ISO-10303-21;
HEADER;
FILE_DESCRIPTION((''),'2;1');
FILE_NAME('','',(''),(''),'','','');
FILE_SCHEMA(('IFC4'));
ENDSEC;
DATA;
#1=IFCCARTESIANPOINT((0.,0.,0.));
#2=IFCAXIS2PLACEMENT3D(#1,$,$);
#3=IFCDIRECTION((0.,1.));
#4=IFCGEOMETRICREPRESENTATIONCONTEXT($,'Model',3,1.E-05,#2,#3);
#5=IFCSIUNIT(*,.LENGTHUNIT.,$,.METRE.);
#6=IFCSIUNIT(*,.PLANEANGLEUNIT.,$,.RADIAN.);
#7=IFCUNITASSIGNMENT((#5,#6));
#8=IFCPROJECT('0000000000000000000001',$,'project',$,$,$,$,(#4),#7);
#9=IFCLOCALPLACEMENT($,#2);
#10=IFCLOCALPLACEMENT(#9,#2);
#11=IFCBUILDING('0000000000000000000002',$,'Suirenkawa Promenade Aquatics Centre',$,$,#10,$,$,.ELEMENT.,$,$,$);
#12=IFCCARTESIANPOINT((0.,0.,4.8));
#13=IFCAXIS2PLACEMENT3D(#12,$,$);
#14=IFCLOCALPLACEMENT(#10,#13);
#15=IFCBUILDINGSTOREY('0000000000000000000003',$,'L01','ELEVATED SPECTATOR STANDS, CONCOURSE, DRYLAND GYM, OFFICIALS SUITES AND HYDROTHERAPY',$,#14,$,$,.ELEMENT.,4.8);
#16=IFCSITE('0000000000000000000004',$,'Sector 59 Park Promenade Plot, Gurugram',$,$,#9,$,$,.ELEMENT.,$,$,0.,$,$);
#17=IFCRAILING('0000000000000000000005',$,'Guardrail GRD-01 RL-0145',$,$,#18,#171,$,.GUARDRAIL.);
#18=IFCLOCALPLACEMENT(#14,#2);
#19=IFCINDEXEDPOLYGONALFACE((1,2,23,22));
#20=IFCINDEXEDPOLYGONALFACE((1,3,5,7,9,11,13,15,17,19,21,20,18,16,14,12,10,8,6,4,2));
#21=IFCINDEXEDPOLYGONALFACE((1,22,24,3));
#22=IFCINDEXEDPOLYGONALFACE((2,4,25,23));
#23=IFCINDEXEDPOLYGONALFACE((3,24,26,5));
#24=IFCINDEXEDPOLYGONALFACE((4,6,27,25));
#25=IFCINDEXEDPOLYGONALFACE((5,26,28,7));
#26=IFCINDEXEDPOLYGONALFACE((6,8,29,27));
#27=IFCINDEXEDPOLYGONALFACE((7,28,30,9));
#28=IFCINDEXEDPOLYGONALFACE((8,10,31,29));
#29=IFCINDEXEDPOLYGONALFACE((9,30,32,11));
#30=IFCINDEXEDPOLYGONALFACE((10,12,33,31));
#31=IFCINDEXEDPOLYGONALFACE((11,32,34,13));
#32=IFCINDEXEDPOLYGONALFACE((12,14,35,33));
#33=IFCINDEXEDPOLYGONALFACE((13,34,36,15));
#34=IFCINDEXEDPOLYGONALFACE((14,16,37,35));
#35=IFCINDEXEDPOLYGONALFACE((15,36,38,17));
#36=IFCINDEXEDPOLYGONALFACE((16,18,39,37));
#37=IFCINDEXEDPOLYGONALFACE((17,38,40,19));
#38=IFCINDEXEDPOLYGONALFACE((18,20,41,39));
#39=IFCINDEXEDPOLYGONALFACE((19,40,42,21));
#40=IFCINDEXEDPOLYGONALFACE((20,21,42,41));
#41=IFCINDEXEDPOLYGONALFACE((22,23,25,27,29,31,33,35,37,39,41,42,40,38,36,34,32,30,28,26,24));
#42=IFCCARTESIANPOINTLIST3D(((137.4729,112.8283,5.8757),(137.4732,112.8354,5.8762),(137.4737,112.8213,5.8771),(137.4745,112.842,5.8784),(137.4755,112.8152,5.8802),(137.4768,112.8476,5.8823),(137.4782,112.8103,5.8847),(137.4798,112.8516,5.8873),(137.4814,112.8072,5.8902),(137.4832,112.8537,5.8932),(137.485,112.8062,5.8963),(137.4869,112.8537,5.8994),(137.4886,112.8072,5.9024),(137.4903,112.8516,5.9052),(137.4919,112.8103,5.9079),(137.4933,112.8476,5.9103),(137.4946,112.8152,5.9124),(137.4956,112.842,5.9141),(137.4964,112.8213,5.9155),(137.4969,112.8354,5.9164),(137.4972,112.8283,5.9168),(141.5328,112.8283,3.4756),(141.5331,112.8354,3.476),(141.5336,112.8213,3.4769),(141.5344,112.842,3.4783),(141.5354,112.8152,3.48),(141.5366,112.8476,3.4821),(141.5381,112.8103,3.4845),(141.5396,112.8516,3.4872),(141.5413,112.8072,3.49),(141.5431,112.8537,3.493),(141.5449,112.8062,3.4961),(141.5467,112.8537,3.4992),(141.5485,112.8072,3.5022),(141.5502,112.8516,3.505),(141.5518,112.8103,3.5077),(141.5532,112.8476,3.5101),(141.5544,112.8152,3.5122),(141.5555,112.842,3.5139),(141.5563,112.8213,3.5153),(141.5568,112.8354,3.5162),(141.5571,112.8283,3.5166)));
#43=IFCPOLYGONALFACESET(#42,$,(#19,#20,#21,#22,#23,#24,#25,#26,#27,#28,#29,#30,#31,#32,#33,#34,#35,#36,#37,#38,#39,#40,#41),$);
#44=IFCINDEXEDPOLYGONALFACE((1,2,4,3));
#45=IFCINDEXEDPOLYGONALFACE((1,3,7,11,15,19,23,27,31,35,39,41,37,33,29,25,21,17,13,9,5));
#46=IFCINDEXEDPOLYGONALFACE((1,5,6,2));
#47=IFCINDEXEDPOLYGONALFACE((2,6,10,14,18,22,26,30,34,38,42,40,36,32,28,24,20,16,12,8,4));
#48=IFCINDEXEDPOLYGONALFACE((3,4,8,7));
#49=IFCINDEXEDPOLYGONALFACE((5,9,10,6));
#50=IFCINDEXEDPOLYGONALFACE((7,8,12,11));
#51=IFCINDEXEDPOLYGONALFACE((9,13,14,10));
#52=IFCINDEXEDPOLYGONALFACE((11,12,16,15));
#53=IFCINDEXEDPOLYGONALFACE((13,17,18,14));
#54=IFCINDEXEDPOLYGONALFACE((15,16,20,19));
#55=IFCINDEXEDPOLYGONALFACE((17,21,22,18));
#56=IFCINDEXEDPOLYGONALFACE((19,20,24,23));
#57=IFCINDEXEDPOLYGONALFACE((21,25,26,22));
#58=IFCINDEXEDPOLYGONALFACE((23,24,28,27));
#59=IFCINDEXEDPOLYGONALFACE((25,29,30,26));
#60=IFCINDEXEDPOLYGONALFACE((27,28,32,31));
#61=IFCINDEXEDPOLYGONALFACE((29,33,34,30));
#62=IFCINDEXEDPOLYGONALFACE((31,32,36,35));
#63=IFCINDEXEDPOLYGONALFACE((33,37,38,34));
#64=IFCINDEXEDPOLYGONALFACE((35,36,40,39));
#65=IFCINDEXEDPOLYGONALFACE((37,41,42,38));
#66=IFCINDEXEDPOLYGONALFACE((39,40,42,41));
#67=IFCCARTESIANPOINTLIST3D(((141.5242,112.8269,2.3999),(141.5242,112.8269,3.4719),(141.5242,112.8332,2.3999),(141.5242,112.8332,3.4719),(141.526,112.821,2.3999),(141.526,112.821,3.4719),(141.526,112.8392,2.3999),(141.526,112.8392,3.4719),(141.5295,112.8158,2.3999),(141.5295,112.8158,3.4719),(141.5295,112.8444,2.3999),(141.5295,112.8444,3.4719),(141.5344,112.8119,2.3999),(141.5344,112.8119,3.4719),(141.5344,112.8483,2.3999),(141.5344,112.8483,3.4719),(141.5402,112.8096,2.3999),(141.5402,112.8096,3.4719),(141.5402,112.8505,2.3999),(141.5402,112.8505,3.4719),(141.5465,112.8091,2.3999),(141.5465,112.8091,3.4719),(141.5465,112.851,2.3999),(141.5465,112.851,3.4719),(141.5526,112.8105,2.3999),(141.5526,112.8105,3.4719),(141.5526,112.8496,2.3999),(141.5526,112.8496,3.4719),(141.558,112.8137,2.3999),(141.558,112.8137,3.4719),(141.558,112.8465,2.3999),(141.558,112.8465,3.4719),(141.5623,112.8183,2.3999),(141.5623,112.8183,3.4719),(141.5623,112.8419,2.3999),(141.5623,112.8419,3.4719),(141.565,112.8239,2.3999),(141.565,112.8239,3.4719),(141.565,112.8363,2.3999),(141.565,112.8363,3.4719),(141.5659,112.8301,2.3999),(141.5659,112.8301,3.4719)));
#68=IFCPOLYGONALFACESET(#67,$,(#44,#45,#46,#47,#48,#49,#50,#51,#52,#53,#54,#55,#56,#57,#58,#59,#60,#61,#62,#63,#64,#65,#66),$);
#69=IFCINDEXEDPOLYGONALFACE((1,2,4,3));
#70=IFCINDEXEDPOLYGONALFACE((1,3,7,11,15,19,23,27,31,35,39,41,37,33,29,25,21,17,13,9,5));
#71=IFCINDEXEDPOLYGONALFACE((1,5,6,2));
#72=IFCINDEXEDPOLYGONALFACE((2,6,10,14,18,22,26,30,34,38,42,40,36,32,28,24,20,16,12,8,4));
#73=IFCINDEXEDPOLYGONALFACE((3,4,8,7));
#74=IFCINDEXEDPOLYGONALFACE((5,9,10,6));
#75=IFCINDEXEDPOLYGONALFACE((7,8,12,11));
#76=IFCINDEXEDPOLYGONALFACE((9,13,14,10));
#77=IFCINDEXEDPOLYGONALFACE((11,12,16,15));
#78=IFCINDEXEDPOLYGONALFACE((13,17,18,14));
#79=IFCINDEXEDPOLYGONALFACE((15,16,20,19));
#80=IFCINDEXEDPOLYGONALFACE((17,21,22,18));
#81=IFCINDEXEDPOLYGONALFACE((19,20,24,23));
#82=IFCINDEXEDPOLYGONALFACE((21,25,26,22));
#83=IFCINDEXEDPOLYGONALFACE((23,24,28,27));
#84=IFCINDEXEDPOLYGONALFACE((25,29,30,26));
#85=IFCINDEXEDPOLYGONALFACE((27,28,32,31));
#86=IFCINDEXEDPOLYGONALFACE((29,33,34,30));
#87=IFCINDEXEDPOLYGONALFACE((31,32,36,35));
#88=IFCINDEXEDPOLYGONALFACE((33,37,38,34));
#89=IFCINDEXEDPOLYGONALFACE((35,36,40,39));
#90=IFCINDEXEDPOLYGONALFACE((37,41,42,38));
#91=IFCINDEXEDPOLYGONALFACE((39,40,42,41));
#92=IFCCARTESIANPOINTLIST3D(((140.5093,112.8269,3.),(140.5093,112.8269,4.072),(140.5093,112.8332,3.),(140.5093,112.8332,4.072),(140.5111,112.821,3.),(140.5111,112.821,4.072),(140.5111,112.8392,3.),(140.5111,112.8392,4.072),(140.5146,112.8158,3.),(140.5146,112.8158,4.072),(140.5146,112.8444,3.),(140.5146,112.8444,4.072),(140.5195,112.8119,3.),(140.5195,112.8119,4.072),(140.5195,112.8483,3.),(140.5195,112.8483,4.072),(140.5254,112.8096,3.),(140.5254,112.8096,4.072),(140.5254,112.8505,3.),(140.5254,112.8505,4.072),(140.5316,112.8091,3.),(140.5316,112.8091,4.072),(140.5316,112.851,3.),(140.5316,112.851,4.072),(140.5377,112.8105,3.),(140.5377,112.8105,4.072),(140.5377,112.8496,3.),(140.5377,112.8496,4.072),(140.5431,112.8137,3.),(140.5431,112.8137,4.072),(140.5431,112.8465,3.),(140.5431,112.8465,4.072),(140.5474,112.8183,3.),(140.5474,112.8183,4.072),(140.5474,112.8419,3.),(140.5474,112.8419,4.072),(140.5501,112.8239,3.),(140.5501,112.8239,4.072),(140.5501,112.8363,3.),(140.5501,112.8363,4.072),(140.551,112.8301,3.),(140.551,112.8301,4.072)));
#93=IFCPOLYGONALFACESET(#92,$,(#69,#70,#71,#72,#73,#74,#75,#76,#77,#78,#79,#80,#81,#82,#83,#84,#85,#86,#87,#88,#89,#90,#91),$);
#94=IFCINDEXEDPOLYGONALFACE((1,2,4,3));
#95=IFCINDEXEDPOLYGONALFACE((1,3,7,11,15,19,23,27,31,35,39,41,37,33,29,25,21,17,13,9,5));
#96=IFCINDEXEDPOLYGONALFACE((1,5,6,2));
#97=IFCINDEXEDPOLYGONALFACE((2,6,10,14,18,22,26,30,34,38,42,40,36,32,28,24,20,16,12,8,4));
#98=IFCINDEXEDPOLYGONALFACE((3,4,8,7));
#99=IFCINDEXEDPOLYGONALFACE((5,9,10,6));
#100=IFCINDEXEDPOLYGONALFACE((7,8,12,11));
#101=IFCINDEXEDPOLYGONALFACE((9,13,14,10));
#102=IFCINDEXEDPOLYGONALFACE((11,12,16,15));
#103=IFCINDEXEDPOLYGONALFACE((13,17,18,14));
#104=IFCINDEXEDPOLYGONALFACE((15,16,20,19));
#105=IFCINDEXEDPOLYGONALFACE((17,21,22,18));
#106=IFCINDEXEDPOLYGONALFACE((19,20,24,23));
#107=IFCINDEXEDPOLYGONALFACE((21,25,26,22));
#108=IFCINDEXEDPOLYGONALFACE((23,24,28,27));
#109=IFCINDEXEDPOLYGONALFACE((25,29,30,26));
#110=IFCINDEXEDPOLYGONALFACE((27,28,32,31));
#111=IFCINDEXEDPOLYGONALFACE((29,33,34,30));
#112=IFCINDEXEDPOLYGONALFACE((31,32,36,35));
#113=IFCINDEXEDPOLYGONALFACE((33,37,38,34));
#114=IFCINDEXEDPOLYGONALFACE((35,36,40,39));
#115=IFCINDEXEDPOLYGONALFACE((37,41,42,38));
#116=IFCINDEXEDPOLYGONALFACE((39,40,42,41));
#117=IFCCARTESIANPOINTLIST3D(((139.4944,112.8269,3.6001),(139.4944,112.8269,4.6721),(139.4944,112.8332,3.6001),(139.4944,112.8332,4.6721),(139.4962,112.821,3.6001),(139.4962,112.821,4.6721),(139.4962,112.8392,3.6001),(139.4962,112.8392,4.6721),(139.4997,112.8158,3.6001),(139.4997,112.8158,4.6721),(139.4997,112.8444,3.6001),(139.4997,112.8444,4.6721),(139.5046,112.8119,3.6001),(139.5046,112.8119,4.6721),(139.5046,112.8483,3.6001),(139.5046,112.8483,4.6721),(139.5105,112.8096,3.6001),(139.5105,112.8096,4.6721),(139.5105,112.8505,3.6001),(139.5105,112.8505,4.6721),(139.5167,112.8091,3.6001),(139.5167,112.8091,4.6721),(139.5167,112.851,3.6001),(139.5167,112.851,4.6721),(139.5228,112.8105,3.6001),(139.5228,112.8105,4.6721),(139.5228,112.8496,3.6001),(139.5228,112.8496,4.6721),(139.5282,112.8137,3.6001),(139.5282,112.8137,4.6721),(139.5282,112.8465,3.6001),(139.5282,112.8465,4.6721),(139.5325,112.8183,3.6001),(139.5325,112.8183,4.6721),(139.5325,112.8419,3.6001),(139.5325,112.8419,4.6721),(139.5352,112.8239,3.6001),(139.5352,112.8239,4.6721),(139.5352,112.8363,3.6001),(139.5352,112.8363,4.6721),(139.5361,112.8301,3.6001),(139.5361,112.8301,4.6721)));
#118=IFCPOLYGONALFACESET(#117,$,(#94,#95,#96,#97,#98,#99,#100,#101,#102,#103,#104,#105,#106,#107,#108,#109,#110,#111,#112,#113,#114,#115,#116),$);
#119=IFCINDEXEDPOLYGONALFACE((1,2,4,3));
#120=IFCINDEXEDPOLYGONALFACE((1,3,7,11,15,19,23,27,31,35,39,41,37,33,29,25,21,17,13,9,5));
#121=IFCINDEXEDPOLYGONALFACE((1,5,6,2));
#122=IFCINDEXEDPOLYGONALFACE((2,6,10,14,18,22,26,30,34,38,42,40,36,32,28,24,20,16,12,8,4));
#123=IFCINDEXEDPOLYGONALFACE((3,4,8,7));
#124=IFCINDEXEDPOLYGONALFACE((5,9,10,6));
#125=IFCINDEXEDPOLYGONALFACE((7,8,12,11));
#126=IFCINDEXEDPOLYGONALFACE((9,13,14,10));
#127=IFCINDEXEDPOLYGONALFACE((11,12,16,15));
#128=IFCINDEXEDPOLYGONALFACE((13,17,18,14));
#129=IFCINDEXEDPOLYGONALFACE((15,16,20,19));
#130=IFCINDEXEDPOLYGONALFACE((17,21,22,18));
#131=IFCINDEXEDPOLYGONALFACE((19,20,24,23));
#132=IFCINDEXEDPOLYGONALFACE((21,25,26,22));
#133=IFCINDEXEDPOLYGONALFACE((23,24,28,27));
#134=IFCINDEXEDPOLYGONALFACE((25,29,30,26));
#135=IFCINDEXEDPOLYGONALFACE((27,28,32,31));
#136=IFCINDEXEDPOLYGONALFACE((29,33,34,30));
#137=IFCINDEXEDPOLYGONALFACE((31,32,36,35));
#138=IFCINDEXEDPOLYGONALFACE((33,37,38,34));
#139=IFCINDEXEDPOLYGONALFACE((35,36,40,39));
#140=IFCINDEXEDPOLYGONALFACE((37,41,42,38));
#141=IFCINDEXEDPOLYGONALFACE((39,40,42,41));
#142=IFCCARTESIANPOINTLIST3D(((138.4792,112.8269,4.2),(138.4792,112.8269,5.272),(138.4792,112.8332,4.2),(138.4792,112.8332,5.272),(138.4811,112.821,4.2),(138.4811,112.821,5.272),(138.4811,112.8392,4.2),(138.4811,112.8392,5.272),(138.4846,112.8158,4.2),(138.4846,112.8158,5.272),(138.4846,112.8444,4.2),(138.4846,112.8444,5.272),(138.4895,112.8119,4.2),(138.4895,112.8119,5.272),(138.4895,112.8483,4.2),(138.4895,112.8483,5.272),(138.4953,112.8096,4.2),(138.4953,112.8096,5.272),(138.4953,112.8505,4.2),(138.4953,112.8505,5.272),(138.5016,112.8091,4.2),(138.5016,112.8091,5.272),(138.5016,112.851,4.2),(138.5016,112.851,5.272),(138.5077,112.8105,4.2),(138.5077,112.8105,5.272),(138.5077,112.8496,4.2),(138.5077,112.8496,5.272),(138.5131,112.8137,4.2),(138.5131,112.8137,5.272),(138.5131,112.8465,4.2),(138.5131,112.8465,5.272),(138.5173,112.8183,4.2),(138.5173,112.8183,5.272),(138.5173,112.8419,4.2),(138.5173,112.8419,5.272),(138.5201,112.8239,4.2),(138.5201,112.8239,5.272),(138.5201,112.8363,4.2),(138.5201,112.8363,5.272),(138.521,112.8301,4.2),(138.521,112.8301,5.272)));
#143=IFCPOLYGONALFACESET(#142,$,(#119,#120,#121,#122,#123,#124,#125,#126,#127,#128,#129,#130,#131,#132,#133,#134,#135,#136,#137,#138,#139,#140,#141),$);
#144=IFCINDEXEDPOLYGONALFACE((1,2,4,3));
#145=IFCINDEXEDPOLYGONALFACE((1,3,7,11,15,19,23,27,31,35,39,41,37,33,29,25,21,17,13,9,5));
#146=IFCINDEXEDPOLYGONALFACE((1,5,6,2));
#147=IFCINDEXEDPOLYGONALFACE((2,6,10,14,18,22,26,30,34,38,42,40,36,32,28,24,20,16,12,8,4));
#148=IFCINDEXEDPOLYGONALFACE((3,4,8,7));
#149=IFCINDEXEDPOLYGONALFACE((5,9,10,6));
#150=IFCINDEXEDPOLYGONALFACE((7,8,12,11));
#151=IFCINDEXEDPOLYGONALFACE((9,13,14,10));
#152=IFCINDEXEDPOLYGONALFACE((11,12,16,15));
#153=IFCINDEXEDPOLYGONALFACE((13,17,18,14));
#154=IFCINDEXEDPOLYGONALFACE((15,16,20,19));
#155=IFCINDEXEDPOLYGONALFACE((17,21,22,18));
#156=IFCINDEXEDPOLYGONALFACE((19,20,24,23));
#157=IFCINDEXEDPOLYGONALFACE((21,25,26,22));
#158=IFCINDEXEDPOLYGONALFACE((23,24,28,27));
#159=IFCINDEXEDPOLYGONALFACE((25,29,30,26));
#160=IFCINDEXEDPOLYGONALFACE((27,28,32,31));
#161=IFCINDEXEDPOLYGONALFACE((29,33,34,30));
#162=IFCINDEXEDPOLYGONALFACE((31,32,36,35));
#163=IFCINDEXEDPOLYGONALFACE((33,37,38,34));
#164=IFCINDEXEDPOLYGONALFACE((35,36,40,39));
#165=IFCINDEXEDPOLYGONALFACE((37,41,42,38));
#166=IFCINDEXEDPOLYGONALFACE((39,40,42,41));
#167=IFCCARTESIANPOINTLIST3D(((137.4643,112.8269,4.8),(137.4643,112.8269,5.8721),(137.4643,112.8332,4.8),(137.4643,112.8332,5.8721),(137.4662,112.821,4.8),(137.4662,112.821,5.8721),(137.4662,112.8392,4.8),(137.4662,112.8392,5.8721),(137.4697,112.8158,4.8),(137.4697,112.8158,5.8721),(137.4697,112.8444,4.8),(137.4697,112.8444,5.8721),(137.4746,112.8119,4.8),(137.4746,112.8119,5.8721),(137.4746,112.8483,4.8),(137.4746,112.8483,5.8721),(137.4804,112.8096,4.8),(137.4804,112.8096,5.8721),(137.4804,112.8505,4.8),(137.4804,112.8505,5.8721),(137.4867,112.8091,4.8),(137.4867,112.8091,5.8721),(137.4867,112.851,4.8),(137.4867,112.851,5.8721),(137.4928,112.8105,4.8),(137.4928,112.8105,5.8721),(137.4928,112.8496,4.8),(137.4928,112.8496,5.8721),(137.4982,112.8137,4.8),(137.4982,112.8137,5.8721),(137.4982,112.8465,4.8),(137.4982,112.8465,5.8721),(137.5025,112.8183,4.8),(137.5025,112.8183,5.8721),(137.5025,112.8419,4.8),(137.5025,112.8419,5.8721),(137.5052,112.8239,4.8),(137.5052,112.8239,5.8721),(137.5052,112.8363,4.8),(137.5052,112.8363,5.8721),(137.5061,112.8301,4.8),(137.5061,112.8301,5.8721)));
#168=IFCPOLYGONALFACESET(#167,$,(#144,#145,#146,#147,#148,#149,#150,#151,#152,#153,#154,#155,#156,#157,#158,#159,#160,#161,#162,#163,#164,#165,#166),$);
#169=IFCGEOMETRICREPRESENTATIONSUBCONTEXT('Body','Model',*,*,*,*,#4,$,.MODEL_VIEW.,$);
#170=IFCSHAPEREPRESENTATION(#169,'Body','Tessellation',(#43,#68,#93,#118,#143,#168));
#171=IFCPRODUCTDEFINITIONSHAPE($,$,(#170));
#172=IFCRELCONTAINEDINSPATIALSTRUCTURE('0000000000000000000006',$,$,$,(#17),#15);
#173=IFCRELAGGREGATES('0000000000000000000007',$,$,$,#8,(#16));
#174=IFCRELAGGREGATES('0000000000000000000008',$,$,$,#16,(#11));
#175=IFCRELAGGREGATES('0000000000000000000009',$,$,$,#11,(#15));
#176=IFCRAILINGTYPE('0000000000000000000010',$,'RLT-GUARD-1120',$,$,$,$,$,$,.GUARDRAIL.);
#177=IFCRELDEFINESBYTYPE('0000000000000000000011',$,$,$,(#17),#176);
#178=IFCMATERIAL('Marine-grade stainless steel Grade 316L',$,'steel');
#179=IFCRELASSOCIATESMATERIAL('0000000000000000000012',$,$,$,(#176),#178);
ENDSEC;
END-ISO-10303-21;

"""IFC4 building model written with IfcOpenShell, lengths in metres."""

from ifc_helpers import new_model, si_unit, direction, frame, origin, origin_2d, place, context, subcontext, project, spatial, circle, extrude, material, type_object, element, save


model = new_model("IFC4")

# Units and contexts
model_context = context("Model", 3, precision=1e-05, world=origin(), true_north=direction((0.0, 1.0)))
body_context = subcontext(model_context, "Body", "Model", "MODEL_VIEW")
ifc_project = project(units=[si_unit("LENGTHUNIT", "METRE"), si_unit("PLANEANGLEUNIT", "RADIAN")], contexts=[model_context])

# Site, building, storey
site_placement = place(None, origin())
site = spatial("IfcSite", under=ifc_project, at=site_placement, Name="Sector 59 Park Promenade Plot, Gurugram", CompositionType="ELEMENT", RefElevation=0.0)
building_placement = place(site_placement, origin())
building = spatial("IfcBuilding", under=site, at=building_placement, Name="Suirenkawa Promenade Aquatics Centre", CompositionType="ELEMENT")
storey_placement = place(building_placement, frame((0.0, 0.0, 4.8)))
storey = spatial("IfcBuildingStorey", under=building, at=storey_placement, Name="L01", Description="ELEVATED SPECTATOR STANDS, CONCOURSE, DRYLAND GYM, OFFICIALS SUITES AND HYDROTHERAPY", CompositionType="ELEMENT", Elevation=4.8)

# Railing
ifc_material_1 = material(Name="Marine-grade stainless steel Grade 316L", Category="steel")
railing_type_1 = type_object("IfcRailingType", Name="RLT-GUARD-1120", PredefinedType="GUARDRAIL", material=ifc_material_1)
for number, where, name in (
    (1, (141.5449, 112.8301, 2.3999), "Guardrail GRD-01 RL-0145"),
):
    element("IfcRailing", number, at=place(storey_placement, frame(where)), inside=storey, type_object=railing_type_1, Name=name, PredefinedType="GUARDRAIL", context=body_context, shape_type="SweptSolid", body=[
        extrude(circle(Radius=0.0239, at=origin_2d()), frame((0.0, 0.0, 1.0962), z_axis=(-0.860818, 0.0, 0.508912), x_axis=(0.0, -1.0, 0.0)), (0.0, 0.0, 1.0), 4.7163),
        extrude(circle(Radius=0.021, at=origin_2d()), origin(), (0.0, 0.0, 1.0), 1.072),
        extrude(circle(Radius=0.021, at=origin_2d()), frame((-1.0149, 0.0, 0.6001)), (0.0, 0.0, 1.0), 1.072),
        extrude(circle(Radius=0.021, at=origin_2d()), frame((-2.0298, 0.0, 1.2002)), (0.0, 0.0, 1.0), 1.072),
        extrude(circle(Radius=0.021, at=origin_2d()), frame((-3.0449, 0.0, 1.8)), (0.0, 0.0, 1.0), 1.072),
        extrude(circle(Radius=0.021, at=origin_2d()), frame((-4.0598, 0.0, 2.4001)), (0.0, 0.0, 1.0), 1.072),
    ])

save(model, "model.ifc")
